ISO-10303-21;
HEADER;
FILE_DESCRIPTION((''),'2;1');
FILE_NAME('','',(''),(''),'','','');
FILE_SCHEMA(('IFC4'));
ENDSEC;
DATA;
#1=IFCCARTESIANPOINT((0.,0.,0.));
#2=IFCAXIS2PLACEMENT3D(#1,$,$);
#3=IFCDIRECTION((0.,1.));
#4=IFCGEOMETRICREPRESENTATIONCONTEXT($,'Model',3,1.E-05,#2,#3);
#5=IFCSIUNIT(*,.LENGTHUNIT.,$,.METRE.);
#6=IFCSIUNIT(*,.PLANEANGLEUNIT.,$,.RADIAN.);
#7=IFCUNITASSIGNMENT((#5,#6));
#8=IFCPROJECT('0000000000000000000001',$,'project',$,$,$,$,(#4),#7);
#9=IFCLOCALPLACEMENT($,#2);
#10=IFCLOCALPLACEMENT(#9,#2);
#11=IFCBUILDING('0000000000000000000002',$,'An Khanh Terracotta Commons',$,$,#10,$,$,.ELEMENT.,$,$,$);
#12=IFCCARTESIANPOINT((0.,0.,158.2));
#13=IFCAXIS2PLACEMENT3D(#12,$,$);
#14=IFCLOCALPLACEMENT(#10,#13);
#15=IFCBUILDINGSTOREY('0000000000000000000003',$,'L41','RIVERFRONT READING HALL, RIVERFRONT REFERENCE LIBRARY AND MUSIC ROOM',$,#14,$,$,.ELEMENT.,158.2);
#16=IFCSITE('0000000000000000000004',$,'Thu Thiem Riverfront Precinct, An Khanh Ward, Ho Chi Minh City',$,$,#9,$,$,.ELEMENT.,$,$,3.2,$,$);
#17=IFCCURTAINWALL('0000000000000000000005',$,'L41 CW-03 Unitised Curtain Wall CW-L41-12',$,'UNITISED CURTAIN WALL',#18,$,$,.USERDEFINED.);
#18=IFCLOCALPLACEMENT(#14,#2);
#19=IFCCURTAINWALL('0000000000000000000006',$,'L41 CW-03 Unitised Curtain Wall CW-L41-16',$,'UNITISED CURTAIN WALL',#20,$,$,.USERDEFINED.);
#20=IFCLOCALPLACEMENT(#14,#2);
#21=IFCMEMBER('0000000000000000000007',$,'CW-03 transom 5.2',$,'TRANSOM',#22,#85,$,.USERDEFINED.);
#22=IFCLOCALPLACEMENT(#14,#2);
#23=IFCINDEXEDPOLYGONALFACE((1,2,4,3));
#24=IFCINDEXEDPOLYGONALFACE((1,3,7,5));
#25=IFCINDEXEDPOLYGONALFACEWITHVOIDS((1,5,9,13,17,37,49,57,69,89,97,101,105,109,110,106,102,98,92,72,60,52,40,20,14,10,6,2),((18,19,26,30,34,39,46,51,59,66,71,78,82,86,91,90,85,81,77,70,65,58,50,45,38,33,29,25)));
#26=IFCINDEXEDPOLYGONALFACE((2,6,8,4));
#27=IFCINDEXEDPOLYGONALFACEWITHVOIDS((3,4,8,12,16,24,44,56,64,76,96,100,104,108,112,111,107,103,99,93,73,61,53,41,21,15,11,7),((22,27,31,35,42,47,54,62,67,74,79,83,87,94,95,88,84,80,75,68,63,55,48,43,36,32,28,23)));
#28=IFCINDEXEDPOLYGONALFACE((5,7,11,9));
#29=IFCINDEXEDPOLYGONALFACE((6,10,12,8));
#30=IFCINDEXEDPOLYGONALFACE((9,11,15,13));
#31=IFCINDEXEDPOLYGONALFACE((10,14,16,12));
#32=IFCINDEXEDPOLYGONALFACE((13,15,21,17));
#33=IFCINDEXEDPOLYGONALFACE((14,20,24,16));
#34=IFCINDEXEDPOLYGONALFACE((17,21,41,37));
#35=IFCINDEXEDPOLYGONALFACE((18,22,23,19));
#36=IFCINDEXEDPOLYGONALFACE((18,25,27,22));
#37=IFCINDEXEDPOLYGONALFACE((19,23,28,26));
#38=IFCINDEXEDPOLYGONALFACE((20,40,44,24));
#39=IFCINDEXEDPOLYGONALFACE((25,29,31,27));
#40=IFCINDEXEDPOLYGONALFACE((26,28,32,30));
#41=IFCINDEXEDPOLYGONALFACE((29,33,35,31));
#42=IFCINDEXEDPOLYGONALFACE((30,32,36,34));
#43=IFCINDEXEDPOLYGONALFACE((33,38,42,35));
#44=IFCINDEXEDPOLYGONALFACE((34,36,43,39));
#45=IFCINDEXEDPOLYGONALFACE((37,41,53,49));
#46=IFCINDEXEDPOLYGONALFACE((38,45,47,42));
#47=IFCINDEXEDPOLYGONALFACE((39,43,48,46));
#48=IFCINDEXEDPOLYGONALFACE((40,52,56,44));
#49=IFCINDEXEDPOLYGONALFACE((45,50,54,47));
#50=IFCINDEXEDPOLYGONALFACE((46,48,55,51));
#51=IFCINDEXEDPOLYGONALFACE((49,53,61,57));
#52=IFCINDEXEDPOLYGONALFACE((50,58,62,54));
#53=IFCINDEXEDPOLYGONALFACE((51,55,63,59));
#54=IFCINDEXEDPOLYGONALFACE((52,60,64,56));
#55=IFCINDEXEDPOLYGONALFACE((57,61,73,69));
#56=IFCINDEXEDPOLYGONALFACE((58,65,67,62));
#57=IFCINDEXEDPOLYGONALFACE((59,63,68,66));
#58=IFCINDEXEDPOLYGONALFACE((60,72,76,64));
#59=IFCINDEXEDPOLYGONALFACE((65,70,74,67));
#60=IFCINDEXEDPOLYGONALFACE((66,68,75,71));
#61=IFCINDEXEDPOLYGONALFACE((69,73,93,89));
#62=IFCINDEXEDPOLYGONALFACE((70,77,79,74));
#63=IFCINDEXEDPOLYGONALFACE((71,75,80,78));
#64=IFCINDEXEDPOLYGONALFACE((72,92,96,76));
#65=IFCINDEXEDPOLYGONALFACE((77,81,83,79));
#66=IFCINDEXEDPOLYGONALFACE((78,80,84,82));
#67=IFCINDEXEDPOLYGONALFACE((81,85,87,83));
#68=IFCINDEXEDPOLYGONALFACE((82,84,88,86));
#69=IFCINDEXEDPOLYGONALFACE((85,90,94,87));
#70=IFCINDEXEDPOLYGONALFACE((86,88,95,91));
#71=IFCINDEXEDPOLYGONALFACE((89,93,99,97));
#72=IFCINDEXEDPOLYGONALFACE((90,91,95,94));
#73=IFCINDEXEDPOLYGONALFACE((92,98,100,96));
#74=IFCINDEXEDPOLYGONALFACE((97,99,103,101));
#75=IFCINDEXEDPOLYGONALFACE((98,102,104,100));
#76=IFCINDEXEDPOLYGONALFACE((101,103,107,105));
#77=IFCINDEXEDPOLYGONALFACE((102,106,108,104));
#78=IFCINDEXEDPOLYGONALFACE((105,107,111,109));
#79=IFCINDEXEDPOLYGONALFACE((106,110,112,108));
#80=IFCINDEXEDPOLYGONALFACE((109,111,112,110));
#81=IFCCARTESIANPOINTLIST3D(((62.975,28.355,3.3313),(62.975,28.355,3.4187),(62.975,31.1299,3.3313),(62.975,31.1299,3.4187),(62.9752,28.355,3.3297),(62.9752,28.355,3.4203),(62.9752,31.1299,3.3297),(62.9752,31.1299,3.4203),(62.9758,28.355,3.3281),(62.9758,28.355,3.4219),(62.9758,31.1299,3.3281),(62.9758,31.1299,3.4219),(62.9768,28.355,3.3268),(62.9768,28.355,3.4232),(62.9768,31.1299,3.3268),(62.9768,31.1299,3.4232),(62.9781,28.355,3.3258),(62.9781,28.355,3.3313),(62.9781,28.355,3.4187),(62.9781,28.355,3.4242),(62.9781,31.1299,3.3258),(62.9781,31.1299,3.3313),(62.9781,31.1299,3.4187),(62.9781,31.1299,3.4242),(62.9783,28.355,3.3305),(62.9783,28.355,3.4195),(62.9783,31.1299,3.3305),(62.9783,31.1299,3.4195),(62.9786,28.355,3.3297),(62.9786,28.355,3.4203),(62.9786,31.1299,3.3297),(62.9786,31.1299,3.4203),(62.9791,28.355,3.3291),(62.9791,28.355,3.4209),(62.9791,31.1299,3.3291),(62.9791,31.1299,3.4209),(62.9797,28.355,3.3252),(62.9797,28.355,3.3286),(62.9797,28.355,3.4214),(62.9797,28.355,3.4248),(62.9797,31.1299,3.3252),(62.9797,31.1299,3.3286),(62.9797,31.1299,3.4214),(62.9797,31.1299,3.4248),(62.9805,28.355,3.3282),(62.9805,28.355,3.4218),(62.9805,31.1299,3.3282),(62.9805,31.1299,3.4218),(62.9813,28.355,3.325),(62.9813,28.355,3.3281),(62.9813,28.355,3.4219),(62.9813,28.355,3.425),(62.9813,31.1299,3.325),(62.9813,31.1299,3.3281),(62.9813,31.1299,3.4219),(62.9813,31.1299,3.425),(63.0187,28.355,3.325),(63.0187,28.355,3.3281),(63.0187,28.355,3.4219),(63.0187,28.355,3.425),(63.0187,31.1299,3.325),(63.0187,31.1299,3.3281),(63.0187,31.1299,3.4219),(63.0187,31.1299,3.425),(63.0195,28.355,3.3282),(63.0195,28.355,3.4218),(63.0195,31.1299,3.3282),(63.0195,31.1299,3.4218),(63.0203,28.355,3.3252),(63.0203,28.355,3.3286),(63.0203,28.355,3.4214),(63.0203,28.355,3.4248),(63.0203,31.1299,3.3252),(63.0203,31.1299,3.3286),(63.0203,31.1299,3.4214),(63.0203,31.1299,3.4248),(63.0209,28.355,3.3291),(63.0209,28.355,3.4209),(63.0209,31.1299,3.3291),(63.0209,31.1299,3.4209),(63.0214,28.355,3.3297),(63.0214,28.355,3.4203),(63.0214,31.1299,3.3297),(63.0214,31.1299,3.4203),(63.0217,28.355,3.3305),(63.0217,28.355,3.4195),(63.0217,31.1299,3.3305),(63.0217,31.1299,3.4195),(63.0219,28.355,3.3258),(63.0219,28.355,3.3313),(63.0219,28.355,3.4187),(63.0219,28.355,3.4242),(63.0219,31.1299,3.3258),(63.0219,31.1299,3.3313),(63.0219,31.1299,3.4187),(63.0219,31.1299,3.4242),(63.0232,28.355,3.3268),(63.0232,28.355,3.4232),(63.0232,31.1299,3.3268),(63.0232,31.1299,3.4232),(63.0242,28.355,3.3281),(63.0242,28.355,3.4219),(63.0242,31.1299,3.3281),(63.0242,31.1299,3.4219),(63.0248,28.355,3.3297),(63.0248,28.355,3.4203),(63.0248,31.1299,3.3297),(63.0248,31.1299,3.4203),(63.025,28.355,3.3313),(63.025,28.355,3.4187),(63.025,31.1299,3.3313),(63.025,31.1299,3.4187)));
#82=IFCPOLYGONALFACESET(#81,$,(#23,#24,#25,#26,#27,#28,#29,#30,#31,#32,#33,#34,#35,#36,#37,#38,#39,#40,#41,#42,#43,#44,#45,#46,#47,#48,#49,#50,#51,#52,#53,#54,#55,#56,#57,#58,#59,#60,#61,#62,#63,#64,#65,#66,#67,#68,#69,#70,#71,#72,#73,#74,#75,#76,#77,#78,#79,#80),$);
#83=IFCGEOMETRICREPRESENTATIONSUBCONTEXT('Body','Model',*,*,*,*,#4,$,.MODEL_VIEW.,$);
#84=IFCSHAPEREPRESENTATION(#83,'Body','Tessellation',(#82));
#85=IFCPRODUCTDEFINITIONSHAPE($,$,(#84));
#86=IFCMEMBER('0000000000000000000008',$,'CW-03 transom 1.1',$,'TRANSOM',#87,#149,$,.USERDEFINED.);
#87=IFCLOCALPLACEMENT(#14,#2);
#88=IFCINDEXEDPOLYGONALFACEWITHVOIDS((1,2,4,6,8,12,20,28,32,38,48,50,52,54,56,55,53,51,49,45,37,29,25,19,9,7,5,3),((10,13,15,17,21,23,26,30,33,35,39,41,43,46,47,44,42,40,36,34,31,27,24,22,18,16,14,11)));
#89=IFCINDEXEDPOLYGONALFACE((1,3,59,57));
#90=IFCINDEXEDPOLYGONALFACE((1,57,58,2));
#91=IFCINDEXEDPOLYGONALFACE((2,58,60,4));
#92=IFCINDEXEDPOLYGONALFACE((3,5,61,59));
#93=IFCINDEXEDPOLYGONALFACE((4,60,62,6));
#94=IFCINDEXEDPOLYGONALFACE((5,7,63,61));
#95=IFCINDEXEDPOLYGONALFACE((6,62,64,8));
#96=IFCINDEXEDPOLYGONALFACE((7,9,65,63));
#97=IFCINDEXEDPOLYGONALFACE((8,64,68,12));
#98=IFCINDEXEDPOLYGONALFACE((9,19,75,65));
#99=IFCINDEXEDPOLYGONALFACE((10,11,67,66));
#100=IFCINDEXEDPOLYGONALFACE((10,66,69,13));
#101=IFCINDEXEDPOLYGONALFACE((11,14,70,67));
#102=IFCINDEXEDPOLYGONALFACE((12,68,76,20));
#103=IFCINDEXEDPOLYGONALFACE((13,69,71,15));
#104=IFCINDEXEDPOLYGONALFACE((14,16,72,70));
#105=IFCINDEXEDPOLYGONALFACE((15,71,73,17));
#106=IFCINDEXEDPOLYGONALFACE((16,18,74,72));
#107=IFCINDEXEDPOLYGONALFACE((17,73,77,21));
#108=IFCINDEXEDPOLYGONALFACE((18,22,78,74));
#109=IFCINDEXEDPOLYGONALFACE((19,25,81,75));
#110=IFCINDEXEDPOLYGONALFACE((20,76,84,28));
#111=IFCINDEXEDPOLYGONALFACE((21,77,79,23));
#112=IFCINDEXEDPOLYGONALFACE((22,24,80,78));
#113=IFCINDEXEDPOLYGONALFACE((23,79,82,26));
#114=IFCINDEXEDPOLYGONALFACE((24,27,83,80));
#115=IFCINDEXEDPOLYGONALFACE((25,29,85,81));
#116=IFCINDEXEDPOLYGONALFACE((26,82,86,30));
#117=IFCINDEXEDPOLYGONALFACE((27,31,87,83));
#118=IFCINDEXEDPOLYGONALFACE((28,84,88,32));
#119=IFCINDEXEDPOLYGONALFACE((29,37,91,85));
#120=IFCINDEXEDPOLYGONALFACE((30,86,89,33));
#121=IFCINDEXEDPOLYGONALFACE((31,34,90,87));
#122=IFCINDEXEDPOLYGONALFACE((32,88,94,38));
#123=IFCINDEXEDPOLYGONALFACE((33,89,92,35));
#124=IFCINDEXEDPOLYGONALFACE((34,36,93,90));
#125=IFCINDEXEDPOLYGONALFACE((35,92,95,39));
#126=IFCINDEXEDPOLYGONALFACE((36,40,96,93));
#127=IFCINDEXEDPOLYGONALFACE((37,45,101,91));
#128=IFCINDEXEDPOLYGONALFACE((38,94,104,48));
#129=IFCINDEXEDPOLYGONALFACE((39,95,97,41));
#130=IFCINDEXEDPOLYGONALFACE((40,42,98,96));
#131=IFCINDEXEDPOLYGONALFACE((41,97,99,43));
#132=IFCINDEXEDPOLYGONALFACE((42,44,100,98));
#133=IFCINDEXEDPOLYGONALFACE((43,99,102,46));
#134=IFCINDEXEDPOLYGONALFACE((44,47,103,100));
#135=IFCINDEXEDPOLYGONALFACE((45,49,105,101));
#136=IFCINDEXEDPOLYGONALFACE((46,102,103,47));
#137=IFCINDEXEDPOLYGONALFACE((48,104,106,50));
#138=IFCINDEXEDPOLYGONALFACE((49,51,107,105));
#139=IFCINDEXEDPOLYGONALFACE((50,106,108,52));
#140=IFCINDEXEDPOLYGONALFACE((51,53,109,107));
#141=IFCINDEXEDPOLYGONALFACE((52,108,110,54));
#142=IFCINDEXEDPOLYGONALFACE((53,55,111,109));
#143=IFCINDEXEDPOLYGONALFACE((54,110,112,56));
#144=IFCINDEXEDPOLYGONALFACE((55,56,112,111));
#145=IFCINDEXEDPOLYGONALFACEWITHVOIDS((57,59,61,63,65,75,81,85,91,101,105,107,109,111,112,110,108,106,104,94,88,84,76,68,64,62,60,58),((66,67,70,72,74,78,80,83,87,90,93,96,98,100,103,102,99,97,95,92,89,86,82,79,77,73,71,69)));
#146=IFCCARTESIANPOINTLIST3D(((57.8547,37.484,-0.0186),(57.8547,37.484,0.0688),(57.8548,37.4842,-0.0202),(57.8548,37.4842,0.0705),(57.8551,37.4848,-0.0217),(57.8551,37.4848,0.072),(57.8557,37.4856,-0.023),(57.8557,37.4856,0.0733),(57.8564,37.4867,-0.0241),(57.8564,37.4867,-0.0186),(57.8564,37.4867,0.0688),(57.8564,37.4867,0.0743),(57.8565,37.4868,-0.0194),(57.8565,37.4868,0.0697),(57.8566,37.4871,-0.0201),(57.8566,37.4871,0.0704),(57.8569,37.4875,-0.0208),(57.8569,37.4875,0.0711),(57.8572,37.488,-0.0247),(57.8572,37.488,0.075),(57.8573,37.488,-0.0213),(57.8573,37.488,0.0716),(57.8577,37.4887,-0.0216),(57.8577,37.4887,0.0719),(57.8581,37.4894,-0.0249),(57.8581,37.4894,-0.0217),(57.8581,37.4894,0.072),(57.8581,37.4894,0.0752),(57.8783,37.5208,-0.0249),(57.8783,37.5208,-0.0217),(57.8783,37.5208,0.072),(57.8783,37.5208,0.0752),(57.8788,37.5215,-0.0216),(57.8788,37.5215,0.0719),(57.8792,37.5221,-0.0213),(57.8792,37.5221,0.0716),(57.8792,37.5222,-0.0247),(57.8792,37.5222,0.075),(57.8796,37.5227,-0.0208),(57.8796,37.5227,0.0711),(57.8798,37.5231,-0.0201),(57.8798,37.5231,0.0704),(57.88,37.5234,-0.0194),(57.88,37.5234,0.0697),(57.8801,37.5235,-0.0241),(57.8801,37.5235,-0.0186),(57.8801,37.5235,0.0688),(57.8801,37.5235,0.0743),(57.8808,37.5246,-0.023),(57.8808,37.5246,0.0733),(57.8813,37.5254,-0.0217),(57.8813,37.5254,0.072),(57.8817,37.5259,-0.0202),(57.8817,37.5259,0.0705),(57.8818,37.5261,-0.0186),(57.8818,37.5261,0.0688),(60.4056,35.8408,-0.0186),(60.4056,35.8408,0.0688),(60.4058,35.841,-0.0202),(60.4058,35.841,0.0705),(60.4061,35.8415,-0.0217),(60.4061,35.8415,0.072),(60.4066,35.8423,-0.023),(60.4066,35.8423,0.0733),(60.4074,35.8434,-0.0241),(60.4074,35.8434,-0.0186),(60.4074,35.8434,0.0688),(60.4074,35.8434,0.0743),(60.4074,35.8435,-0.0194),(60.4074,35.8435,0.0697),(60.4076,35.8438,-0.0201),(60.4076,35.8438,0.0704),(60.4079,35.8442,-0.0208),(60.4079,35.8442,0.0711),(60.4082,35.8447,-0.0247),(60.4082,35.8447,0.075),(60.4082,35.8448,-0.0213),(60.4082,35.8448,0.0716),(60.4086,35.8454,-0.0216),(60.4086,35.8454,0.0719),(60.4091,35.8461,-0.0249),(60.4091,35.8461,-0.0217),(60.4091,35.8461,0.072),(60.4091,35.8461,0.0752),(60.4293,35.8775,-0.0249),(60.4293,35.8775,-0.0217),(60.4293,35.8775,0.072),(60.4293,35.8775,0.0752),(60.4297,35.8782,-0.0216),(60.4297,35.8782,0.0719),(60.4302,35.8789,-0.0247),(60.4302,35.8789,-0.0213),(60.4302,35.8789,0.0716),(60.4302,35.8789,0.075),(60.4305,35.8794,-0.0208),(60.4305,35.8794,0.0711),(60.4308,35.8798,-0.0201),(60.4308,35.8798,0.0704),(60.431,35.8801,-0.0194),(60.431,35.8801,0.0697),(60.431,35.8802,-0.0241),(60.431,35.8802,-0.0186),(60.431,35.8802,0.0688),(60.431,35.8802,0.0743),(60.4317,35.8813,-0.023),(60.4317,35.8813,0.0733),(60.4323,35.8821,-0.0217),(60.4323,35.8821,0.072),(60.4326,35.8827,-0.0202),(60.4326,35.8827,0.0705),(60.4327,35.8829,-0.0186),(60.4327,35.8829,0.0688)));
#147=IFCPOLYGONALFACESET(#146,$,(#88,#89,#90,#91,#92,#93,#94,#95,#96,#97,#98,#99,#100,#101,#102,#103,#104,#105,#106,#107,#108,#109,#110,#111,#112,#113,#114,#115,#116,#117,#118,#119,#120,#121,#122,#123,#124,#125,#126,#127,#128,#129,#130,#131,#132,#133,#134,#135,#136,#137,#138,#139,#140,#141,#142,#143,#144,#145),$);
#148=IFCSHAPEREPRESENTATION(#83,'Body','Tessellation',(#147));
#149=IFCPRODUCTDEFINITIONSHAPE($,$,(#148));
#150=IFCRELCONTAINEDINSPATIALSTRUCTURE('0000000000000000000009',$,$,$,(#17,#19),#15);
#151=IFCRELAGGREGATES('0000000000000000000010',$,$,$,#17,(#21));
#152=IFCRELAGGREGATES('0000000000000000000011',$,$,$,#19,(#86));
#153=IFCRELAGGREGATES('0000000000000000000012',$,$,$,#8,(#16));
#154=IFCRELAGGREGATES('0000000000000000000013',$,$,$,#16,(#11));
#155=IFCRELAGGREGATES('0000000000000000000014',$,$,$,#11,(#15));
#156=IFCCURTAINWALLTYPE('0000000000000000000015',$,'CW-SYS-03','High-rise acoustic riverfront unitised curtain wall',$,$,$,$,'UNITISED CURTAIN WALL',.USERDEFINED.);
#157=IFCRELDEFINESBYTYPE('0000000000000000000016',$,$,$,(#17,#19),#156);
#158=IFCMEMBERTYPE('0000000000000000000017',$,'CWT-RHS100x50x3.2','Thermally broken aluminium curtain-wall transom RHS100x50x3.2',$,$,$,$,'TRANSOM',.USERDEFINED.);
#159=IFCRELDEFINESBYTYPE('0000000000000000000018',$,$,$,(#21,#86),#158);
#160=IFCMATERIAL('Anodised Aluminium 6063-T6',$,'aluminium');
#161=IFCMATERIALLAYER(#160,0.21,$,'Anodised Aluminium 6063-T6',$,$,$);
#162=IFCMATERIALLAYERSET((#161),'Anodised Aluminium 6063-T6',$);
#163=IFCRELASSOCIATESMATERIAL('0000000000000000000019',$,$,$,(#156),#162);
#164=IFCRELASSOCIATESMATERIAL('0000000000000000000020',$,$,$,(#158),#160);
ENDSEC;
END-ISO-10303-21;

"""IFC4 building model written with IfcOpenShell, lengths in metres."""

from ifc_helpers import new_model, si_unit, direction, frame, origin, origin_2d, place, context, subcontext, project, spatial, hollow_rectangle, extrude, material, layer, layer_set, material_profile, profile_set, type_object, element, aggregate, save


model = new_model("IFC4")

# Units and contexts
model_context = context("Model", 3, precision=1e-05, world=origin(), true_north=direction((0.0, 1.0)))
body_context = subcontext(model_context, "Body", "Model", "MODEL_VIEW")
ifc_project = project(units=[si_unit("LENGTHUNIT", "METRE"), si_unit("PLANEANGLEUNIT", "RADIAN")], contexts=[model_context])

# Site, building, storey
site_placement = place(None, origin())
site = spatial("IfcSite", under=ifc_project, at=site_placement, Name="Thu Thiem Riverfront Precinct, An Khanh Ward, Ho Chi Minh City", CompositionType="ELEMENT", RefElevation=3.2)
building_placement = place(site_placement, origin())
building = spatial("IfcBuilding", under=site, at=building_placement, Name="An Khanh Terracotta Commons", CompositionType="ELEMENT")
storey_placement = place(building_placement, frame((0.0, 0.0, 158.2)))
storey = spatial("IfcBuildingStorey", under=building, at=storey_placement, Name="L41", Description="RIVERFRONT READING HALL, RIVERFRONT REFERENCE LIBRARY AND MUSIC ROOM", CompositionType="ELEMENT", Elevation=158.2)

# Curtain walls
ifc_material_1 = material(Name="Anodised Aluminium 6063-T6", Category="aluminium")
ifc_layer_1 = layer(ifc_material_1, 0.21, Name="Anodised Aluminium 6063-T6")
ifc_layer_set_1 = layer_set([ifc_layer_1], Name="Anodised Aluminium 6063-T6")
curtain_wall_type = type_object("IfcCurtainWallType", Name="CW-SYS-03", Description="High-rise acoustic riverfront unitised curtain wall", ElementType="UNITISED CURTAIN WALL", PredefinedType="USERDEFINED", material=ifc_layer_set_1)
curtain_wall_1_placement = place(storey_placement, origin())
curtain_wall_1 = element("IfcCurtainWall", 1, at=curtain_wall_1_placement, inside=storey, type_object=curtain_wall_type, Name="L41 CW-03 Unitised Curtain Wall CW-L41-12", ObjectType="UNITISED CURTAIN WALL", PredefinedType="USERDEFINED")
curtain_wall_2_placement = place(storey_placement, origin())
curtain_wall_2 = element("IfcCurtainWall", 2, at=curtain_wall_2_placement, inside=storey, type_object=curtain_wall_type, Name="L41 CW-03 Unitised Curtain Wall CW-L41-16", ObjectType="UNITISED CURTAIN WALL", PredefinedType="USERDEFINED")

# Members
ifc_material_profile_1 = material_profile(ifc_material_1, hollow_rectangle(XDim=0.05, YDim=0.1001, WallThickness=0.0032, InnerFilletRadius=0.0032, OuterFilletRadius=0.0063, at=origin_2d()), Name="RHS100x50x3.2")
ifc_profile_set_1 = profile_set([ifc_material_profile_1], Name="Anodised Aluminium 6063-T6")
member_type_1 = type_object("IfcMemberType", Name="CWT-RHS100x50x3.2", Description="Thermally broken aluminium curtain-wall transom RHS100x50x3.2", ElementType="TRANSOM", PredefinedType="USERDEFINED", material=ifc_profile_set_1)
member_1_placement = place(storey_placement, frame((63.0, 28.355, 3.375), z_axis=(0.0, 1.0, 0.0), x_axis=(-1.0, 0.0, 0.0)))
member_1 = element("IfcMember", 3, at=member_1_placement, type_object=member_type_1, Name="CW-03 transom 5.2", ObjectType="TRANSOM", PredefinedType="USERDEFINED", context=body_context, shape_type="SweptSolid", body=[
    extrude(hollow_rectangle(XDim=0.05, YDim=0.1001, WallThickness=0.0032, InnerFilletRadius=0.0032, OuterFilletRadius=0.0063, at=origin_2d()), origin(), (0.0, 0.0, 1.0), 2.7749),
])
member_2_placement = place(storey_placement, frame((60.4192, 35.8618, 0.0251), z_axis=(-0.840674, 0.541542, 0.0), x_axis=(-0.541542, -0.840674, 0.0)))
member_2 = element("IfcMember", 4, at=member_2_placement, type_object=member_type_1, Name="CW-03 transom 1.1", ObjectType="TRANSOM", PredefinedType="USERDEFINED", context=body_context, shape_type="SweptSolid", body=[
    extrude(hollow_rectangle(XDim=0.05, YDim=0.1001, WallThickness=0.0032, InnerFilletRadius=0.0032, OuterFilletRadius=0.0063, at=origin_2d()), origin(), (0.0, 0.0, 1.0), 3.0344),
])

aggregate(curtain_wall_1, [member_1])
aggregate(curtain_wall_2, [member_2])

save(model, "model.ifc")
